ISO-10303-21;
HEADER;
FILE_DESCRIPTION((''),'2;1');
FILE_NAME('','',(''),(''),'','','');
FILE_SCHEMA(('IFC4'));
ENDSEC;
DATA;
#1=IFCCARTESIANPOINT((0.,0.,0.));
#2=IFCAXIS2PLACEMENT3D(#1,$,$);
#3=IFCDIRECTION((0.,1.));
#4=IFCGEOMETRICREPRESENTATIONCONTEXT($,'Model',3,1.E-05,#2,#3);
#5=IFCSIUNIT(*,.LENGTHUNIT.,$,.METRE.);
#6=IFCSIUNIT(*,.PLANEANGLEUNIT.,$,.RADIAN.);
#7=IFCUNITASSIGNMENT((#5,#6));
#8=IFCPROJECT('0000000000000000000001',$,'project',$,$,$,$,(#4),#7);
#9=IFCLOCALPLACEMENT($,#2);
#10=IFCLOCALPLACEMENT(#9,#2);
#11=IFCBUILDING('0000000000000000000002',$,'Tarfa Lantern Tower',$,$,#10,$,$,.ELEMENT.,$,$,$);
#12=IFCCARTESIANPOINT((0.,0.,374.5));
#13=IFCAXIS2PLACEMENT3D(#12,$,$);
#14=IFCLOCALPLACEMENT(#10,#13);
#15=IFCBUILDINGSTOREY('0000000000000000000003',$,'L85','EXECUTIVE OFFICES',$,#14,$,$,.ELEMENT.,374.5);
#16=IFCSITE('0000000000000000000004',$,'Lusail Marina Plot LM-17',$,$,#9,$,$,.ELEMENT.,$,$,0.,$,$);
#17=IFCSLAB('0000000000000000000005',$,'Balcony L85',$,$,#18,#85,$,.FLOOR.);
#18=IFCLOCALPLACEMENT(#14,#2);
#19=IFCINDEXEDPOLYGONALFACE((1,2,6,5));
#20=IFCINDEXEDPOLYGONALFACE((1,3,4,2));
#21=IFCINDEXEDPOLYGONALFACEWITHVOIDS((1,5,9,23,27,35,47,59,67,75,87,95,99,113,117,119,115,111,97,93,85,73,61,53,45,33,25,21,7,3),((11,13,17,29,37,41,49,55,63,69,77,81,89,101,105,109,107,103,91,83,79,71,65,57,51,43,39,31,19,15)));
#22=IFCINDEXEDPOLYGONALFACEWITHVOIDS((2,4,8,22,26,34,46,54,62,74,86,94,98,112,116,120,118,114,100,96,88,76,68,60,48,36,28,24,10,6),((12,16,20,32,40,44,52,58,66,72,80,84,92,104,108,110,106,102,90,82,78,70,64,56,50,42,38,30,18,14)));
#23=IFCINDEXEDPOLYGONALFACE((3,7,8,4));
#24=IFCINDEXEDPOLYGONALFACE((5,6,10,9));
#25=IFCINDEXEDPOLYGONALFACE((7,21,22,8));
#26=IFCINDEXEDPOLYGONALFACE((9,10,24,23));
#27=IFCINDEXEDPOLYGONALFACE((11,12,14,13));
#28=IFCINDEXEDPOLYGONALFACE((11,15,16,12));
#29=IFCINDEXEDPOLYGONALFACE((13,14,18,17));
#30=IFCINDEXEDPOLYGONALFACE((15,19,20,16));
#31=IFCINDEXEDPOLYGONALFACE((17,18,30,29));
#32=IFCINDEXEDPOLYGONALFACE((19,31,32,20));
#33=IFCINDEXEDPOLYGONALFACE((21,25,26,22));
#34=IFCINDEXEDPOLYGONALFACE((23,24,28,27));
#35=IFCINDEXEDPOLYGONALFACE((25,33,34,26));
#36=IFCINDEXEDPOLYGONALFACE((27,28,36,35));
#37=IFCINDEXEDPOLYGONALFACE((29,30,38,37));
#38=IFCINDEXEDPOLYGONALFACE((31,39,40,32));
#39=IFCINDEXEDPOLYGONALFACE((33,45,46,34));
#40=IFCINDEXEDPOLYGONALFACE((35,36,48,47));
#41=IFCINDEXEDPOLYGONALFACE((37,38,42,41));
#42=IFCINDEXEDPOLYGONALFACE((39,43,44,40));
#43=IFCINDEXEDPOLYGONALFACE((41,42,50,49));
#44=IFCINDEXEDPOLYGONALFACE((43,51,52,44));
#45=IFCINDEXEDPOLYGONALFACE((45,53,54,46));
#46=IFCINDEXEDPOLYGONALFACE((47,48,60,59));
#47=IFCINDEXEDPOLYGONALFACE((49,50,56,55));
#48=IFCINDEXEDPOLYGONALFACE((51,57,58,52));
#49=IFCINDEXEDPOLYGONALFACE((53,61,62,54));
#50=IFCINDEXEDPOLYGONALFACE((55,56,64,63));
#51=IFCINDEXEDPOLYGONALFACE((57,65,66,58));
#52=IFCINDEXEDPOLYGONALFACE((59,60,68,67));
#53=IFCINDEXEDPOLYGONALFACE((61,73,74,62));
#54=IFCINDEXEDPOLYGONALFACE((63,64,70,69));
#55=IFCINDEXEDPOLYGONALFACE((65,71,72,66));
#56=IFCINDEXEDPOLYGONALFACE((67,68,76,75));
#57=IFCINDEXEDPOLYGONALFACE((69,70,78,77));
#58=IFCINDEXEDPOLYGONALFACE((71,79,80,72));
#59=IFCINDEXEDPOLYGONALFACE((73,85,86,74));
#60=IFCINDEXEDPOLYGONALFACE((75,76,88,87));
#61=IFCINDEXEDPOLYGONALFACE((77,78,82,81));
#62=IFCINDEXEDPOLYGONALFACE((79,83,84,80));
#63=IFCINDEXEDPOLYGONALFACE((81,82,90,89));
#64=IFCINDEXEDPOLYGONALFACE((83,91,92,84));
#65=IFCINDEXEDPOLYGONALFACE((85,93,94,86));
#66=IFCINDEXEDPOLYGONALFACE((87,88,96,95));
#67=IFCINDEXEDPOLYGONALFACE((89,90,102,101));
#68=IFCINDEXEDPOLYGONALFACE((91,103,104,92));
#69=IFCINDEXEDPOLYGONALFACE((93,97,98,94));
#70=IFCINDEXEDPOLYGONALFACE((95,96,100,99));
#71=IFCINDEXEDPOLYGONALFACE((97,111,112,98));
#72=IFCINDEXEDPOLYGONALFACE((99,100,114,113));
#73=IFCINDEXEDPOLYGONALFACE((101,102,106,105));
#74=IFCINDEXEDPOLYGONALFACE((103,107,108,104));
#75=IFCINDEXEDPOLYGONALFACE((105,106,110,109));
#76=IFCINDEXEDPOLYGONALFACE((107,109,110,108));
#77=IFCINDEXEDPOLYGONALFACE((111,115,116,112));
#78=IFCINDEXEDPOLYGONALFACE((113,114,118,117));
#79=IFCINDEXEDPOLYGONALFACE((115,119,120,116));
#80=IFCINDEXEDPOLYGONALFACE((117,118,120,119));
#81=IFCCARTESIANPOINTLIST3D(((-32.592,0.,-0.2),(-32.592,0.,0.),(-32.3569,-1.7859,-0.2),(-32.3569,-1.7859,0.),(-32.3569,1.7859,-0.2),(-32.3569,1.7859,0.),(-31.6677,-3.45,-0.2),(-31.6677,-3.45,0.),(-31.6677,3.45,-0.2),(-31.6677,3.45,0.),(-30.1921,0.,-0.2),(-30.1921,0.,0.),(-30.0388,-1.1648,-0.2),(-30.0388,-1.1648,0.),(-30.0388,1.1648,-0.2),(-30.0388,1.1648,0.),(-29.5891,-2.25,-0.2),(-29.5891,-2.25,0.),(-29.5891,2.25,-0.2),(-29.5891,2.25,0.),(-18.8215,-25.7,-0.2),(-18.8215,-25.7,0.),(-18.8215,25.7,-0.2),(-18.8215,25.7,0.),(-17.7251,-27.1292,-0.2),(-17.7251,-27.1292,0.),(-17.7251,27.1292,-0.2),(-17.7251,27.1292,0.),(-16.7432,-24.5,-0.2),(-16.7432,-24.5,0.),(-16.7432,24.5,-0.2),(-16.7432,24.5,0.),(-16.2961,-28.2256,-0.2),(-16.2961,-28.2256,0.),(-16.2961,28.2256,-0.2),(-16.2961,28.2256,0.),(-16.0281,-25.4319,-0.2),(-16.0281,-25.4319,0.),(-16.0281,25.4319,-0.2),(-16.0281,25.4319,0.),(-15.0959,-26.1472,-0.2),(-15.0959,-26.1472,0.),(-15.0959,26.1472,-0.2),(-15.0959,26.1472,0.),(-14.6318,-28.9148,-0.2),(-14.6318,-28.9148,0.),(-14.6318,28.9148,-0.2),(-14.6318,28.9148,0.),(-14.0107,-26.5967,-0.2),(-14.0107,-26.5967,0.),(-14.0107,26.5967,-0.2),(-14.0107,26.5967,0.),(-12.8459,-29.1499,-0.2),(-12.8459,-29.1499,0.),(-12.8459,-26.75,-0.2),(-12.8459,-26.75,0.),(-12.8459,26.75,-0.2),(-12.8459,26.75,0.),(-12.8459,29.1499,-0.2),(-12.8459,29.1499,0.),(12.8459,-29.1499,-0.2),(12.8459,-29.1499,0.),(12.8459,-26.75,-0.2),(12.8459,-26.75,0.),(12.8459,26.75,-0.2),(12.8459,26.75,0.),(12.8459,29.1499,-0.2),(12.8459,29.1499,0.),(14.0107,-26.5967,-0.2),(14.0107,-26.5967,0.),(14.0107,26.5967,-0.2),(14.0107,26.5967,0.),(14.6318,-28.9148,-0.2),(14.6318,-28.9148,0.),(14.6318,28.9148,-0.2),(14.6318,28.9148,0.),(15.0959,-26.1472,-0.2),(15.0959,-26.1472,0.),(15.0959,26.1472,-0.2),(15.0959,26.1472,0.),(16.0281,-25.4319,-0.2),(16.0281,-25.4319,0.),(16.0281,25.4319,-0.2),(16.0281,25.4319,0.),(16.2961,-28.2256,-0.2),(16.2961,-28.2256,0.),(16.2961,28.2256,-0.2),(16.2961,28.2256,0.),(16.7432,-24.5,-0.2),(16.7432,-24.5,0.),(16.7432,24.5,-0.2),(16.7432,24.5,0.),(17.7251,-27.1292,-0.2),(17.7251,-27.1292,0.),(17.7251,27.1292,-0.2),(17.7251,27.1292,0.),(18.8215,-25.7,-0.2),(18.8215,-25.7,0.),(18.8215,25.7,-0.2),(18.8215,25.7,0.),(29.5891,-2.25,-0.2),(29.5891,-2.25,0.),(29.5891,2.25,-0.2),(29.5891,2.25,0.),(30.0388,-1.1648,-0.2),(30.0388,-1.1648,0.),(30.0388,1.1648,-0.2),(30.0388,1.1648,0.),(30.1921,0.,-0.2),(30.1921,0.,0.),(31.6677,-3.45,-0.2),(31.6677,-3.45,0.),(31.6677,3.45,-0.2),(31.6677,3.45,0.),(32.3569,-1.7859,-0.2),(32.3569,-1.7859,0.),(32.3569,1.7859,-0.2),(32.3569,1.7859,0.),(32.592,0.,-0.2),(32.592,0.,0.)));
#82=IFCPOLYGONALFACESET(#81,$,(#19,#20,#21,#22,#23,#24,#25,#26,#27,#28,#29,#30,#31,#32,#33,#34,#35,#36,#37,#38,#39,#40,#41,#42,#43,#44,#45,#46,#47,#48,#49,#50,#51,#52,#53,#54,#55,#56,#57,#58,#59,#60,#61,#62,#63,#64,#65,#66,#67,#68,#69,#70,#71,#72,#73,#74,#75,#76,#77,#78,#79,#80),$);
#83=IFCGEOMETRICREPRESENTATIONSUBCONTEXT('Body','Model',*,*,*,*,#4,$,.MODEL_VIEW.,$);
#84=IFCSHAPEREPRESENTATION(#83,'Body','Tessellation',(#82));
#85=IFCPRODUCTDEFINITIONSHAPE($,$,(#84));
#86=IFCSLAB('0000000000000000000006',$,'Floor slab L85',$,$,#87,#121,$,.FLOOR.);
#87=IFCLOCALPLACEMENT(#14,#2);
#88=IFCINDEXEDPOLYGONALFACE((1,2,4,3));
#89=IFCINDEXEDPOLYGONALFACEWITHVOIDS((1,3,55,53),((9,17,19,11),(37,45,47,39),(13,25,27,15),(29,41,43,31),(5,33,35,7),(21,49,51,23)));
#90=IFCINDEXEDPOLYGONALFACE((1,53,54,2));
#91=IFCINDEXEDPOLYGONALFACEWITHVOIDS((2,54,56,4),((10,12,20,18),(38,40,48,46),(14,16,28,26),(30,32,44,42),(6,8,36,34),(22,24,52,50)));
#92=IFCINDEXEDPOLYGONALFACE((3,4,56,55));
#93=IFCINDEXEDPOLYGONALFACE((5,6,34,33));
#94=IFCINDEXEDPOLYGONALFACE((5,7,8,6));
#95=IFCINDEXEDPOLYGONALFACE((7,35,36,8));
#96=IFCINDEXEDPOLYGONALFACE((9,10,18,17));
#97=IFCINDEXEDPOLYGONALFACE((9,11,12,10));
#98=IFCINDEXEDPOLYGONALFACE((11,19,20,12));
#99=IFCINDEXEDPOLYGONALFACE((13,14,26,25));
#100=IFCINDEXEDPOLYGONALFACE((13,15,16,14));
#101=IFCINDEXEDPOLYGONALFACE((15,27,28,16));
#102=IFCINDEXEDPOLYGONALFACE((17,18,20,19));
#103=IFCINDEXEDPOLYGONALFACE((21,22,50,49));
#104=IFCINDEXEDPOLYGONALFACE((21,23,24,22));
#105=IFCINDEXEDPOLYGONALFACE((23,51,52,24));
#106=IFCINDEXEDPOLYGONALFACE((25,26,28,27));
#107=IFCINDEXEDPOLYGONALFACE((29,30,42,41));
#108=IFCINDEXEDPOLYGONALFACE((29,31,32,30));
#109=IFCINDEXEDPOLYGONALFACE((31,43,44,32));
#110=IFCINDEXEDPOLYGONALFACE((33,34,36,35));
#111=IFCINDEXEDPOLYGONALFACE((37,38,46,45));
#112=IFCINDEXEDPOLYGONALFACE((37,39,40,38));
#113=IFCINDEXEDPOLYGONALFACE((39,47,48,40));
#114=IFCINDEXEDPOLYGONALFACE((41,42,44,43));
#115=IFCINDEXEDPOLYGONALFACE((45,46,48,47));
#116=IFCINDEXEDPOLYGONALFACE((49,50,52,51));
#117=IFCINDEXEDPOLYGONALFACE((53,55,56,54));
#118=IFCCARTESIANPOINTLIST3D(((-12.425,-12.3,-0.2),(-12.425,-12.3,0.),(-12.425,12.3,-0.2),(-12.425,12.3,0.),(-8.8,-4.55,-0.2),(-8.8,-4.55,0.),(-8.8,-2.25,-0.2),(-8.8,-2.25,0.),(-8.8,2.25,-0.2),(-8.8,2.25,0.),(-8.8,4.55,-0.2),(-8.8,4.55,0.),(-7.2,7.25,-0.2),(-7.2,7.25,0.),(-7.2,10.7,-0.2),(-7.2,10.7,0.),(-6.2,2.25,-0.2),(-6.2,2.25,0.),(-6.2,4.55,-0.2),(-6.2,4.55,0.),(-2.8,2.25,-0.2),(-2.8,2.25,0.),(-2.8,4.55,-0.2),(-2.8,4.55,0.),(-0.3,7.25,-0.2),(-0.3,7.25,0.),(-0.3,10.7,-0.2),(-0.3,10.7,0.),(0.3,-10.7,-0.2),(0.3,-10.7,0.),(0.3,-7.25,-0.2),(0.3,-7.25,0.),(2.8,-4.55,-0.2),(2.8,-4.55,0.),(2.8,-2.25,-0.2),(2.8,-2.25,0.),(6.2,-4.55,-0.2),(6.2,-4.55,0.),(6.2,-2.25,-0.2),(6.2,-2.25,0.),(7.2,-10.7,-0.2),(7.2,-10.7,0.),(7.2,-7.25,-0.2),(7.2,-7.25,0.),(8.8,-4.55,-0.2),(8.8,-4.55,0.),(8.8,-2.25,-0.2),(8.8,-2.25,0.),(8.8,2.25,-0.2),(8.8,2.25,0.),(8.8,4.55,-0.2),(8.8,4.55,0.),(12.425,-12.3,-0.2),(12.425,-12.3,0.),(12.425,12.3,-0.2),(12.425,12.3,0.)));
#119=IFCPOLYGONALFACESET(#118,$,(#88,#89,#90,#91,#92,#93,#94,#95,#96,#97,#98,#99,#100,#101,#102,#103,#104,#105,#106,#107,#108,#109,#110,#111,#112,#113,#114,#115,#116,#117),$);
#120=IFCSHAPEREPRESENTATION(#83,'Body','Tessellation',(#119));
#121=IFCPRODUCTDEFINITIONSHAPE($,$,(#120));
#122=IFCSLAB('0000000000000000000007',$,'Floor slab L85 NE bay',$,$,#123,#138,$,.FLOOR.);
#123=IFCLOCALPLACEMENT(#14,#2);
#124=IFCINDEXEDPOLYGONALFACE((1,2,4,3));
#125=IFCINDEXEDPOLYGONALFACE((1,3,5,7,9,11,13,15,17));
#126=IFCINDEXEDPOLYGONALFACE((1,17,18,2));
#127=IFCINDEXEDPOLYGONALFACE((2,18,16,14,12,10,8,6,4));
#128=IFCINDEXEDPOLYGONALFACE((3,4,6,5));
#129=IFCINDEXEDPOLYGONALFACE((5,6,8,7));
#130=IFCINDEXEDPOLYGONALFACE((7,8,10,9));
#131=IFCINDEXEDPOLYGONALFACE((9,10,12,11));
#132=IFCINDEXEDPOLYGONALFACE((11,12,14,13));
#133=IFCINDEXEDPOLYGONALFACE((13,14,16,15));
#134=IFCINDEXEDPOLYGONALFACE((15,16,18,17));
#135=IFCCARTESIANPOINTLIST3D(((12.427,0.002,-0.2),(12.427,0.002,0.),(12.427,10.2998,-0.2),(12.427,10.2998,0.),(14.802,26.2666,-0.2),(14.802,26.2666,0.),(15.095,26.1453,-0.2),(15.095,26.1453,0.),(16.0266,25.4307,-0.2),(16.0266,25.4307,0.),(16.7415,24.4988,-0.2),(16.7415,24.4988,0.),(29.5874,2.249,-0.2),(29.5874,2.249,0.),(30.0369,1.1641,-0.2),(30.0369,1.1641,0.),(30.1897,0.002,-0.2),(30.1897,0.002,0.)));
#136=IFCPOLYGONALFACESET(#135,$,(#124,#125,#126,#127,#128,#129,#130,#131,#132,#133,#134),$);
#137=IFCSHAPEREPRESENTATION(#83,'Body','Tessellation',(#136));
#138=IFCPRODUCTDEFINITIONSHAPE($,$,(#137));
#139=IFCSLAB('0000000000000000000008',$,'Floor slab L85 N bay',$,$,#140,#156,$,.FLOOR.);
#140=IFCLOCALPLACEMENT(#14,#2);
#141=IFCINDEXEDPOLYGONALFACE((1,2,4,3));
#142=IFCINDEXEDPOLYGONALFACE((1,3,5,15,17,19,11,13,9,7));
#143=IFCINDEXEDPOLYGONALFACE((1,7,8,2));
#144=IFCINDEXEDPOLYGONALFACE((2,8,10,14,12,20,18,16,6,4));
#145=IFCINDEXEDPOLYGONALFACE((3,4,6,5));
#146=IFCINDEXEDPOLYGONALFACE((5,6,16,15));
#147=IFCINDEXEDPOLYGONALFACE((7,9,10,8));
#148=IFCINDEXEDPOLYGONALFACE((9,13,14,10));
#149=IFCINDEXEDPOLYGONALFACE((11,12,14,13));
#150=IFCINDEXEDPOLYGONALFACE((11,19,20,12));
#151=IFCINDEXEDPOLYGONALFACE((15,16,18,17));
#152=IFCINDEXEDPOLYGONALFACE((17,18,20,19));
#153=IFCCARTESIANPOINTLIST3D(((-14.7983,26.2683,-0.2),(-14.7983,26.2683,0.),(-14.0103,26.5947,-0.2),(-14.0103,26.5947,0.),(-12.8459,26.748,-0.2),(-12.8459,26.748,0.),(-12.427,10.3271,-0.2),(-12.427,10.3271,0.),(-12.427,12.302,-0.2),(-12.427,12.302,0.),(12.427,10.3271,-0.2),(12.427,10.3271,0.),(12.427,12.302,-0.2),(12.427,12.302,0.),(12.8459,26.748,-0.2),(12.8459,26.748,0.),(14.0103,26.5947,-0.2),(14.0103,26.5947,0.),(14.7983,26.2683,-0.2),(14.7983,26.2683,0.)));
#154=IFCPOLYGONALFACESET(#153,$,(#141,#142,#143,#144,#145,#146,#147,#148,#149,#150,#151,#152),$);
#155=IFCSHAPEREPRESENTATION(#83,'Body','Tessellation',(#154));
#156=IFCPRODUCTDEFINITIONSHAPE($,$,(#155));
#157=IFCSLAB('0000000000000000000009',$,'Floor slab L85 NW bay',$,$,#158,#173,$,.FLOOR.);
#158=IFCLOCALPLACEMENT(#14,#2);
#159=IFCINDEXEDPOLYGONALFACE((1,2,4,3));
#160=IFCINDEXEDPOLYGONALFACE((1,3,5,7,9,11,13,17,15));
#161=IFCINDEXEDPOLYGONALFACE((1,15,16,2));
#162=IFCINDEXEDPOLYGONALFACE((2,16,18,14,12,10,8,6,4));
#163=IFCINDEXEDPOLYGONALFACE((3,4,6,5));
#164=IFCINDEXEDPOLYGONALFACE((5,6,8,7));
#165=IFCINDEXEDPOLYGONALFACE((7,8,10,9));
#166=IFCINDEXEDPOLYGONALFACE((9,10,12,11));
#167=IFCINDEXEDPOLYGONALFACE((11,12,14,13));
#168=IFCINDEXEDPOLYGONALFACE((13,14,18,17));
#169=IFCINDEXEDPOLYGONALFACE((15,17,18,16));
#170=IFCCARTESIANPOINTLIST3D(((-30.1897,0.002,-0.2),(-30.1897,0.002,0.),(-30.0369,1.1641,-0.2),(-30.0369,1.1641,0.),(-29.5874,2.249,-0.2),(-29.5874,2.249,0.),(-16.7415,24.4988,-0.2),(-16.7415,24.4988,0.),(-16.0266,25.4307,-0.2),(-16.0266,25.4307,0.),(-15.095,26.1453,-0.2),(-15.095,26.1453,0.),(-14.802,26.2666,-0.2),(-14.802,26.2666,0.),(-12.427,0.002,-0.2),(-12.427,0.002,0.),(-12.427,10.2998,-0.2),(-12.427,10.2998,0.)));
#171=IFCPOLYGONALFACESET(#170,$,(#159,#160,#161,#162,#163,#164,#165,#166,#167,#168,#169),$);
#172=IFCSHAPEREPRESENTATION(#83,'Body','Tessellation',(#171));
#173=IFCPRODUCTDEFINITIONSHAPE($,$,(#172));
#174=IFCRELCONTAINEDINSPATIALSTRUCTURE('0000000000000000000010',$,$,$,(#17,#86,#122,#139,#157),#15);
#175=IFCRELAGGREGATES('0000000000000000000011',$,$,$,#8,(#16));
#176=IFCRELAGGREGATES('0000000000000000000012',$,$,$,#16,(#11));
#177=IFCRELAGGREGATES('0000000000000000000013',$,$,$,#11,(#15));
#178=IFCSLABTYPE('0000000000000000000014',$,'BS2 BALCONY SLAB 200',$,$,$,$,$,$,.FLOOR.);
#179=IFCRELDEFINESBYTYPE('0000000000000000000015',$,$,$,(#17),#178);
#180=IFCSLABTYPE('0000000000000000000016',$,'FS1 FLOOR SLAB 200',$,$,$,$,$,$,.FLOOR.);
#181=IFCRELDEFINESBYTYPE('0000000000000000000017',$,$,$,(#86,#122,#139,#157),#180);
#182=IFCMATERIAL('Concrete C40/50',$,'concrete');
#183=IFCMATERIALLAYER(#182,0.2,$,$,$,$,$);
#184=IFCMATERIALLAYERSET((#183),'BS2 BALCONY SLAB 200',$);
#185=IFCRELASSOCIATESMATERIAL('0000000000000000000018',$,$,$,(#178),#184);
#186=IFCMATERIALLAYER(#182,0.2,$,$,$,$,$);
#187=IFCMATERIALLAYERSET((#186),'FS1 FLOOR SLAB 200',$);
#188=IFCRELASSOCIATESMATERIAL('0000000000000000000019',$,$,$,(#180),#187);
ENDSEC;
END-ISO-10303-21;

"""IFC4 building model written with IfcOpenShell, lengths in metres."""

from ifc_helpers import new_model, si_unit, direction, frame, origin, place, context, subcontext, project, spatial, polyline, outline, extrude, material, layer, layer_set, type_object, element, save


model = new_model("IFC4")

# Units and contexts
model_context = context("Model", 3, precision=1e-05, world=origin(), true_north=direction((0.0, 1.0)))
body_context = subcontext(model_context, "Body", "Model", "MODEL_VIEW")
ifc_project = project(units=[si_unit("LENGTHUNIT", "METRE"), si_unit("PLANEANGLEUNIT", "RADIAN")], contexts=[model_context])

# Site, building, storey
site_placement = place(None, origin())
site = spatial("IfcSite", under=ifc_project, at=site_placement, Name="Lusail Marina Plot LM-17", CompositionType="ELEMENT", RefElevation=0.0)
building_placement = place(site_placement, origin())
building = spatial("IfcBuilding", under=site, at=building_placement, Name="Tarfa Lantern Tower", CompositionType="ELEMENT")
storey_placement = place(building_placement, frame((0.0, 0.0, 374.5)))
storey = spatial("IfcBuildingStorey", under=building, at=storey_placement, Name="L85", Description="EXECUTIVE OFFICES", CompositionType="ELEMENT", Elevation=374.5)

# Slabs
ifc_material_1 = material(Name="Concrete C40/50", Category="concrete")
ifc_layer_1 = layer(ifc_material_1, 0.2)
ifc_layer_set_1 = layer_set([ifc_layer_1], Name="BS2 BALCONY SLAB 200")
slab_type_1 = type_object("IfcSlabType", Name="BS2 BALCONY SLAB 200", PredefinedType="FLOOR", material=ifc_layer_set_1)
slab_1_placement = place(storey_placement, frame((0.0, 0.0, -0.2)))
element("IfcSlab", 1, at=slab_1_placement, inside=storey, type_object=slab_type_1, Name="Balcony L85", PredefinedType="FLOOR", context=body_context, shape_type="SweptSolid", body=[
    extrude(outline(polyline([(31.6677, 3.45), (18.8215, 25.7), (17.7251, 27.1292), (16.2961, 28.2256), (14.6318, 28.9148), (12.8459, 29.1499), (-12.8459, 29.1499), (-14.6318, 28.9148), (-16.2961, 28.2256), (-17.7251, 27.1292), (-18.8215, 25.7), (-31.6677, 3.45), (-32.3569, 1.7859), (-32.592, 0.0), (-32.3569, -1.7859), (-31.6677, -3.45), (-18.8215, -25.7), (-17.7251, -27.1292), (-16.2961, -28.2256), (-14.6318, -28.9148), (-12.8459, -29.1499), (12.8459, -29.1499), (14.6318, -28.9148), (16.2961, -28.2256), (17.7251, -27.1292), (18.8215, -25.7), (31.6677, -3.45), (32.3569, -1.7859), (32.592, 0.0), (32.3569, 1.7859), (31.6677, 3.45)]), holes=[polyline([(29.5891, 2.25), (16.7432, 24.5), (16.0281, 25.4319), (15.0959, 26.1472), (14.0107, 26.5967), (12.8459, 26.75), (-12.8459, 26.75), (-14.0107, 26.5967), (-15.0959, 26.1472), (-16.0281, 25.4319), (-16.7432, 24.5), (-29.5891, 2.25), (-30.0388, 1.1648), (-30.1921, 0.0), (-30.0388, -1.1648), (-29.5891, -2.25), (-16.7432, -24.5), (-16.0281, -25.4319), (-15.0959, -26.1472), (-14.0107, -26.5967), (-12.8459, -26.75), (12.8459, -26.75), (14.0107, -26.5967), (15.0959, -26.1472), (16.0281, -25.4319), (16.7432, -24.5), (29.5891, -2.25), (30.0388, -1.1648), (30.1921, 0.0), (30.0388, 1.1648), (29.5891, 2.25)])]), origin(), (0.0, 0.0, 1.0), 0.2),
])
ifc_layer_2 = layer(ifc_material_1, 0.2)
ifc_layer_set_2 = layer_set([ifc_layer_2], Name="FS1 FLOOR SLAB 200")
slab_type_2 = type_object("IfcSlabType", Name="FS1 FLOOR SLAB 200", PredefinedType="FLOOR", material=ifc_layer_set_2)
slab_2_placement = place(storey_placement, frame((0.0, 0.0, -0.2)))
element("IfcSlab", 2, at=slab_2_placement, inside=storey, type_object=slab_type_2, Name="Floor slab L85", PredefinedType="FLOOR", context=body_context, shape_type="SweptSolid", body=[
    extrude(outline(polyline([(-12.425, -12.3), (12.425, -12.3), (12.425, 12.3), (-12.425, 12.3), (-12.425, -12.3)]), holes=[polyline([(-8.8, 2.25), (-6.2, 2.25), (-6.2, 4.55), (-8.8, 4.55), (-8.8, 2.25)]), polyline([(-2.8, 2.25), (8.8, 2.25), (8.8, 4.55), (-2.8, 4.55), (-2.8, 2.25)]), polyline([(8.8, -2.25), (6.2, -2.25), (6.2, -4.55), (8.8, -4.55), (8.8, -2.25)]), polyline([(2.8, -2.25), (-8.8, -2.25), (-8.8, -4.55), (2.8, -4.55), (2.8, -2.25)]), polyline([(-7.2, 7.25), (-0.3, 7.25), (-0.3, 10.7), (-7.2, 10.7), (-7.2, 7.25)]), polyline([(7.2, -7.25), (0.3, -7.25), (0.3, -10.7), (7.2, -10.7), (7.2, -7.25)])]), origin(), (0.0, 0.0, 1.0), 0.2),
])
slab_3_placement = place(storey_placement, frame((0.0, 0.0, -0.2)))
element("IfcSlab", 3, at=slab_3_placement, inside=storey, type_object=slab_type_2, Name="Floor slab L85 NE bay", PredefinedType="FLOOR", context=body_context, shape_type="SweptSolid", body=[
    extrude(outline(polyline([(29.5874, 2.249), (16.7415, 24.4988), (16.0266, 25.4307), (15.095, 26.1453), (14.802, 26.2666), (12.427, 10.2998), (12.427, 0.002), (30.1897, 0.002), (30.0369, 1.1641), (29.5874, 2.249)])), origin(), (0.0, 0.0, 1.0), 0.2),
])
slab_4_placement = place(storey_placement, frame((0.0, 0.0, -0.2)))
element("IfcSlab", 4, at=slab_4_placement, inside=storey, type_object=slab_type_2, Name="Floor slab L85 N bay", PredefinedType="FLOOR", context=body_context, shape_type="SweptSolid", body=[
    extrude(outline(polyline([(-12.427, 10.3271), (-12.427, 12.302), (12.427, 12.302), (12.427, 10.3271), (14.7983, 26.2683), (14.0103, 26.5947), (12.8459, 26.748), (-12.8459, 26.748), (-14.0103, 26.5947), (-14.7983, 26.2683), (-12.427, 10.3271)])), origin(), (0.0, 0.0, 1.0), 0.2),
])
slab_5_placement = place(storey_placement, frame((0.0, 0.0, -0.2)))
element("IfcSlab", 5, at=slab_5_placement, inside=storey, type_object=slab_type_2, Name="Floor slab L85 NW bay", PredefinedType="FLOOR", context=body_context, shape_type="SweptSolid", body=[
    extrude(outline(polyline([(-12.427, 0.002), (-12.427, 10.2998), (-14.802, 26.2666), (-15.095, 26.1453), (-16.0266, 25.4307), (-16.7415, 24.4988), (-29.5874, 2.249), (-30.0369, 1.1641), (-30.1897, 0.002), (-12.427, 0.002)])), origin(), (0.0, 0.0, 1.0), 0.2),
])

save(model, "model.ifc")
